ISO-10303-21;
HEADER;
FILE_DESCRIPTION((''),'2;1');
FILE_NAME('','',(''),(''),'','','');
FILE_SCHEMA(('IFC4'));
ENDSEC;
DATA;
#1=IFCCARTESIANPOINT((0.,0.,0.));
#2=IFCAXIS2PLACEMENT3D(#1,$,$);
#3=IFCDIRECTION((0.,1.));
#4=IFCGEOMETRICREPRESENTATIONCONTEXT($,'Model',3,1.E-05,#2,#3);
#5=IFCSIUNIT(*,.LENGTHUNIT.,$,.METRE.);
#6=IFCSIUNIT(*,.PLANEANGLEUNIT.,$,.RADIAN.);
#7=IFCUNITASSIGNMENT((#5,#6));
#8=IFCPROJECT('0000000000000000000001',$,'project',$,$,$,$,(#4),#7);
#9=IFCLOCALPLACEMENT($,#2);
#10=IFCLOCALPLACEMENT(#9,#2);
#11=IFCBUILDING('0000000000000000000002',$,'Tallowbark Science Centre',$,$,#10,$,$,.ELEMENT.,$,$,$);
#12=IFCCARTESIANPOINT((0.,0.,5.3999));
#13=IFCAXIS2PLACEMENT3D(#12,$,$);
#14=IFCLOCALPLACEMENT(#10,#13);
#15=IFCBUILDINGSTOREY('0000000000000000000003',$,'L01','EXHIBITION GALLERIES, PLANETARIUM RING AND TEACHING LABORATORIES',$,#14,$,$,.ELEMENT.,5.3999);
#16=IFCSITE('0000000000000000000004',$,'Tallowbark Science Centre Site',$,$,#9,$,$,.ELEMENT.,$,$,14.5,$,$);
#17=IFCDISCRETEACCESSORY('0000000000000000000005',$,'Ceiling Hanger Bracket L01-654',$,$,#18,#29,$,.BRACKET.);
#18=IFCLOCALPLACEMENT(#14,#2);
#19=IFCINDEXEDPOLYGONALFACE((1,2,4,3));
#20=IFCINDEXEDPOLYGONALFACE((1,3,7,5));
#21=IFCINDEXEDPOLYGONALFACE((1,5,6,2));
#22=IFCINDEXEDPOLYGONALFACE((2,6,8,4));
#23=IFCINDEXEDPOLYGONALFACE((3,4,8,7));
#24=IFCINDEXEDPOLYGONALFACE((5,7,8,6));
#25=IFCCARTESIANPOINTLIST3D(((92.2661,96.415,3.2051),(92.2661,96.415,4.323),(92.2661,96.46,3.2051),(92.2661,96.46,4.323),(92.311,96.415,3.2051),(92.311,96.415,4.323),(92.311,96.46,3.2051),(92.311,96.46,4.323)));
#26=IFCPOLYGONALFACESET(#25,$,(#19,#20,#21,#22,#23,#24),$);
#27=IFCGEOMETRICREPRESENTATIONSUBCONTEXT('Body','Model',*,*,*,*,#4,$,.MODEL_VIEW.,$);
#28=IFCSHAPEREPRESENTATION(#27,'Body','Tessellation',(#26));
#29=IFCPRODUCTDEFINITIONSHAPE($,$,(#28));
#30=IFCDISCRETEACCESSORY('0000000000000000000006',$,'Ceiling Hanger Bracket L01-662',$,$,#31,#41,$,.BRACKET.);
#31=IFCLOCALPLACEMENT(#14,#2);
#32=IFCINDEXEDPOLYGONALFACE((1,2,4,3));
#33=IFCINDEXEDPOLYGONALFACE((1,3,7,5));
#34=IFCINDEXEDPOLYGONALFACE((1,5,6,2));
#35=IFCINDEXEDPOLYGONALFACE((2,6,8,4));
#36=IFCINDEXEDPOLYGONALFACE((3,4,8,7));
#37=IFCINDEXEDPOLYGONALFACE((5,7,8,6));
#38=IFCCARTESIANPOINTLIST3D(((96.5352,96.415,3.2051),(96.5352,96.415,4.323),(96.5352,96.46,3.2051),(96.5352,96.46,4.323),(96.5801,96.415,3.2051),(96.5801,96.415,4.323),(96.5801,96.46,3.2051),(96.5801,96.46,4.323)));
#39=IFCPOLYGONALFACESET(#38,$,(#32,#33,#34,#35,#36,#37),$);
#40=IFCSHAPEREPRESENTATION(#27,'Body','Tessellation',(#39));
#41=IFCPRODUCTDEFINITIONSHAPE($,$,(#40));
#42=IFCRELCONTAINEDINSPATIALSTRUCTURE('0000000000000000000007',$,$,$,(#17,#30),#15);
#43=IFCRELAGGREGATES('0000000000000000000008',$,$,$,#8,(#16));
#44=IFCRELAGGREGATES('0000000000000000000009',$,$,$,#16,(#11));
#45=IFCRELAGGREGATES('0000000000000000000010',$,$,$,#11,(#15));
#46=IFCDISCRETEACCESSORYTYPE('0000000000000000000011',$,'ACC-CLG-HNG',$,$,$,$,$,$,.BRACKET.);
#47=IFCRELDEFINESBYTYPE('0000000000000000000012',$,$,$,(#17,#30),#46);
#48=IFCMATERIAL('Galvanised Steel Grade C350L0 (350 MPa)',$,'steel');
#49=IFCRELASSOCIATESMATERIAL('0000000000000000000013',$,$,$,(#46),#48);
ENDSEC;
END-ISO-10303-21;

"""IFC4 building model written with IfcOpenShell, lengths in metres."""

from ifc_helpers import new_model, si_unit, direction, frame, origin, origin_2d, place, context, subcontext, project, spatial, rectangle, extrude, material, type_object, element, save


model = new_model("IFC4")

# Units and contexts
model_context = context("Model", 3, precision=1e-05, world=origin(), true_north=direction((0.0, 1.0)))
body_context = subcontext(model_context, "Body", "Model", "MODEL_VIEW")
ifc_project = project(units=[si_unit("LENGTHUNIT", "METRE"), si_unit("PLANEANGLEUNIT", "RADIAN")], contexts=[model_context])

# Site, building, storey
site_placement = place(None, origin())
site = spatial("IfcSite", under=ifc_project, at=site_placement, Name="Tallowbark Science Centre Site", CompositionType="ELEMENT", RefElevation=14.5)
building_placement = place(site_placement, origin())
building = spatial("IfcBuilding", under=site, at=building_placement, Name="Tallowbark Science Centre", CompositionType="ELEMENT")
storey_placement = place(building_placement, frame((0.0, 0.0, 5.3999)))
storey = spatial("IfcBuildingStorey", under=building, at=storey_placement, Name="L01", Description="EXHIBITION GALLERIES, PLANETARIUM RING AND TEACHING LABORATORIES", CompositionType="ELEMENT", Elevation=5.3999)

# Discrete accessories
ifc_material_1 = material(Name="Galvanised Steel Grade C350L0 (350 MPa)", Category="steel")
discrete_accessory_type = type_object("IfcDiscreteAccessoryType", Name="ACC-CLG-HNG", PredefinedType="BRACKET", material=ifc_material_1)
for number, where, z_axis, x_axis, name in (
    (1, (92.2886, 96.4375, 3.2051), (0.0, 0.0, 1.0), (1.0, 0.0, 0.0), "Ceiling Hanger Bracket L01-654"),
    (2, (96.5576, 96.4375, 3.2051), (0.0, 0.0, 1.0), (1.0, 0.0, 0.0), "Ceiling Hanger Bracket L01-662"),
):
    element("IfcDiscreteAccessory", number, at=place(storey_placement, frame(where, z_axis=z_axis, x_axis=x_axis)), inside=storey, type_object=discrete_accessory_type, Name=name, PredefinedType="BRACKET", context=body_context, shape_type="SweptSolid", body=[
        extrude(rectangle(XDim=0.0449, YDim=0.0449, at=origin_2d()), origin(), (0.0, 0.0, 1.0), 1.1179),
    ])

save(model, "model.ifc")
